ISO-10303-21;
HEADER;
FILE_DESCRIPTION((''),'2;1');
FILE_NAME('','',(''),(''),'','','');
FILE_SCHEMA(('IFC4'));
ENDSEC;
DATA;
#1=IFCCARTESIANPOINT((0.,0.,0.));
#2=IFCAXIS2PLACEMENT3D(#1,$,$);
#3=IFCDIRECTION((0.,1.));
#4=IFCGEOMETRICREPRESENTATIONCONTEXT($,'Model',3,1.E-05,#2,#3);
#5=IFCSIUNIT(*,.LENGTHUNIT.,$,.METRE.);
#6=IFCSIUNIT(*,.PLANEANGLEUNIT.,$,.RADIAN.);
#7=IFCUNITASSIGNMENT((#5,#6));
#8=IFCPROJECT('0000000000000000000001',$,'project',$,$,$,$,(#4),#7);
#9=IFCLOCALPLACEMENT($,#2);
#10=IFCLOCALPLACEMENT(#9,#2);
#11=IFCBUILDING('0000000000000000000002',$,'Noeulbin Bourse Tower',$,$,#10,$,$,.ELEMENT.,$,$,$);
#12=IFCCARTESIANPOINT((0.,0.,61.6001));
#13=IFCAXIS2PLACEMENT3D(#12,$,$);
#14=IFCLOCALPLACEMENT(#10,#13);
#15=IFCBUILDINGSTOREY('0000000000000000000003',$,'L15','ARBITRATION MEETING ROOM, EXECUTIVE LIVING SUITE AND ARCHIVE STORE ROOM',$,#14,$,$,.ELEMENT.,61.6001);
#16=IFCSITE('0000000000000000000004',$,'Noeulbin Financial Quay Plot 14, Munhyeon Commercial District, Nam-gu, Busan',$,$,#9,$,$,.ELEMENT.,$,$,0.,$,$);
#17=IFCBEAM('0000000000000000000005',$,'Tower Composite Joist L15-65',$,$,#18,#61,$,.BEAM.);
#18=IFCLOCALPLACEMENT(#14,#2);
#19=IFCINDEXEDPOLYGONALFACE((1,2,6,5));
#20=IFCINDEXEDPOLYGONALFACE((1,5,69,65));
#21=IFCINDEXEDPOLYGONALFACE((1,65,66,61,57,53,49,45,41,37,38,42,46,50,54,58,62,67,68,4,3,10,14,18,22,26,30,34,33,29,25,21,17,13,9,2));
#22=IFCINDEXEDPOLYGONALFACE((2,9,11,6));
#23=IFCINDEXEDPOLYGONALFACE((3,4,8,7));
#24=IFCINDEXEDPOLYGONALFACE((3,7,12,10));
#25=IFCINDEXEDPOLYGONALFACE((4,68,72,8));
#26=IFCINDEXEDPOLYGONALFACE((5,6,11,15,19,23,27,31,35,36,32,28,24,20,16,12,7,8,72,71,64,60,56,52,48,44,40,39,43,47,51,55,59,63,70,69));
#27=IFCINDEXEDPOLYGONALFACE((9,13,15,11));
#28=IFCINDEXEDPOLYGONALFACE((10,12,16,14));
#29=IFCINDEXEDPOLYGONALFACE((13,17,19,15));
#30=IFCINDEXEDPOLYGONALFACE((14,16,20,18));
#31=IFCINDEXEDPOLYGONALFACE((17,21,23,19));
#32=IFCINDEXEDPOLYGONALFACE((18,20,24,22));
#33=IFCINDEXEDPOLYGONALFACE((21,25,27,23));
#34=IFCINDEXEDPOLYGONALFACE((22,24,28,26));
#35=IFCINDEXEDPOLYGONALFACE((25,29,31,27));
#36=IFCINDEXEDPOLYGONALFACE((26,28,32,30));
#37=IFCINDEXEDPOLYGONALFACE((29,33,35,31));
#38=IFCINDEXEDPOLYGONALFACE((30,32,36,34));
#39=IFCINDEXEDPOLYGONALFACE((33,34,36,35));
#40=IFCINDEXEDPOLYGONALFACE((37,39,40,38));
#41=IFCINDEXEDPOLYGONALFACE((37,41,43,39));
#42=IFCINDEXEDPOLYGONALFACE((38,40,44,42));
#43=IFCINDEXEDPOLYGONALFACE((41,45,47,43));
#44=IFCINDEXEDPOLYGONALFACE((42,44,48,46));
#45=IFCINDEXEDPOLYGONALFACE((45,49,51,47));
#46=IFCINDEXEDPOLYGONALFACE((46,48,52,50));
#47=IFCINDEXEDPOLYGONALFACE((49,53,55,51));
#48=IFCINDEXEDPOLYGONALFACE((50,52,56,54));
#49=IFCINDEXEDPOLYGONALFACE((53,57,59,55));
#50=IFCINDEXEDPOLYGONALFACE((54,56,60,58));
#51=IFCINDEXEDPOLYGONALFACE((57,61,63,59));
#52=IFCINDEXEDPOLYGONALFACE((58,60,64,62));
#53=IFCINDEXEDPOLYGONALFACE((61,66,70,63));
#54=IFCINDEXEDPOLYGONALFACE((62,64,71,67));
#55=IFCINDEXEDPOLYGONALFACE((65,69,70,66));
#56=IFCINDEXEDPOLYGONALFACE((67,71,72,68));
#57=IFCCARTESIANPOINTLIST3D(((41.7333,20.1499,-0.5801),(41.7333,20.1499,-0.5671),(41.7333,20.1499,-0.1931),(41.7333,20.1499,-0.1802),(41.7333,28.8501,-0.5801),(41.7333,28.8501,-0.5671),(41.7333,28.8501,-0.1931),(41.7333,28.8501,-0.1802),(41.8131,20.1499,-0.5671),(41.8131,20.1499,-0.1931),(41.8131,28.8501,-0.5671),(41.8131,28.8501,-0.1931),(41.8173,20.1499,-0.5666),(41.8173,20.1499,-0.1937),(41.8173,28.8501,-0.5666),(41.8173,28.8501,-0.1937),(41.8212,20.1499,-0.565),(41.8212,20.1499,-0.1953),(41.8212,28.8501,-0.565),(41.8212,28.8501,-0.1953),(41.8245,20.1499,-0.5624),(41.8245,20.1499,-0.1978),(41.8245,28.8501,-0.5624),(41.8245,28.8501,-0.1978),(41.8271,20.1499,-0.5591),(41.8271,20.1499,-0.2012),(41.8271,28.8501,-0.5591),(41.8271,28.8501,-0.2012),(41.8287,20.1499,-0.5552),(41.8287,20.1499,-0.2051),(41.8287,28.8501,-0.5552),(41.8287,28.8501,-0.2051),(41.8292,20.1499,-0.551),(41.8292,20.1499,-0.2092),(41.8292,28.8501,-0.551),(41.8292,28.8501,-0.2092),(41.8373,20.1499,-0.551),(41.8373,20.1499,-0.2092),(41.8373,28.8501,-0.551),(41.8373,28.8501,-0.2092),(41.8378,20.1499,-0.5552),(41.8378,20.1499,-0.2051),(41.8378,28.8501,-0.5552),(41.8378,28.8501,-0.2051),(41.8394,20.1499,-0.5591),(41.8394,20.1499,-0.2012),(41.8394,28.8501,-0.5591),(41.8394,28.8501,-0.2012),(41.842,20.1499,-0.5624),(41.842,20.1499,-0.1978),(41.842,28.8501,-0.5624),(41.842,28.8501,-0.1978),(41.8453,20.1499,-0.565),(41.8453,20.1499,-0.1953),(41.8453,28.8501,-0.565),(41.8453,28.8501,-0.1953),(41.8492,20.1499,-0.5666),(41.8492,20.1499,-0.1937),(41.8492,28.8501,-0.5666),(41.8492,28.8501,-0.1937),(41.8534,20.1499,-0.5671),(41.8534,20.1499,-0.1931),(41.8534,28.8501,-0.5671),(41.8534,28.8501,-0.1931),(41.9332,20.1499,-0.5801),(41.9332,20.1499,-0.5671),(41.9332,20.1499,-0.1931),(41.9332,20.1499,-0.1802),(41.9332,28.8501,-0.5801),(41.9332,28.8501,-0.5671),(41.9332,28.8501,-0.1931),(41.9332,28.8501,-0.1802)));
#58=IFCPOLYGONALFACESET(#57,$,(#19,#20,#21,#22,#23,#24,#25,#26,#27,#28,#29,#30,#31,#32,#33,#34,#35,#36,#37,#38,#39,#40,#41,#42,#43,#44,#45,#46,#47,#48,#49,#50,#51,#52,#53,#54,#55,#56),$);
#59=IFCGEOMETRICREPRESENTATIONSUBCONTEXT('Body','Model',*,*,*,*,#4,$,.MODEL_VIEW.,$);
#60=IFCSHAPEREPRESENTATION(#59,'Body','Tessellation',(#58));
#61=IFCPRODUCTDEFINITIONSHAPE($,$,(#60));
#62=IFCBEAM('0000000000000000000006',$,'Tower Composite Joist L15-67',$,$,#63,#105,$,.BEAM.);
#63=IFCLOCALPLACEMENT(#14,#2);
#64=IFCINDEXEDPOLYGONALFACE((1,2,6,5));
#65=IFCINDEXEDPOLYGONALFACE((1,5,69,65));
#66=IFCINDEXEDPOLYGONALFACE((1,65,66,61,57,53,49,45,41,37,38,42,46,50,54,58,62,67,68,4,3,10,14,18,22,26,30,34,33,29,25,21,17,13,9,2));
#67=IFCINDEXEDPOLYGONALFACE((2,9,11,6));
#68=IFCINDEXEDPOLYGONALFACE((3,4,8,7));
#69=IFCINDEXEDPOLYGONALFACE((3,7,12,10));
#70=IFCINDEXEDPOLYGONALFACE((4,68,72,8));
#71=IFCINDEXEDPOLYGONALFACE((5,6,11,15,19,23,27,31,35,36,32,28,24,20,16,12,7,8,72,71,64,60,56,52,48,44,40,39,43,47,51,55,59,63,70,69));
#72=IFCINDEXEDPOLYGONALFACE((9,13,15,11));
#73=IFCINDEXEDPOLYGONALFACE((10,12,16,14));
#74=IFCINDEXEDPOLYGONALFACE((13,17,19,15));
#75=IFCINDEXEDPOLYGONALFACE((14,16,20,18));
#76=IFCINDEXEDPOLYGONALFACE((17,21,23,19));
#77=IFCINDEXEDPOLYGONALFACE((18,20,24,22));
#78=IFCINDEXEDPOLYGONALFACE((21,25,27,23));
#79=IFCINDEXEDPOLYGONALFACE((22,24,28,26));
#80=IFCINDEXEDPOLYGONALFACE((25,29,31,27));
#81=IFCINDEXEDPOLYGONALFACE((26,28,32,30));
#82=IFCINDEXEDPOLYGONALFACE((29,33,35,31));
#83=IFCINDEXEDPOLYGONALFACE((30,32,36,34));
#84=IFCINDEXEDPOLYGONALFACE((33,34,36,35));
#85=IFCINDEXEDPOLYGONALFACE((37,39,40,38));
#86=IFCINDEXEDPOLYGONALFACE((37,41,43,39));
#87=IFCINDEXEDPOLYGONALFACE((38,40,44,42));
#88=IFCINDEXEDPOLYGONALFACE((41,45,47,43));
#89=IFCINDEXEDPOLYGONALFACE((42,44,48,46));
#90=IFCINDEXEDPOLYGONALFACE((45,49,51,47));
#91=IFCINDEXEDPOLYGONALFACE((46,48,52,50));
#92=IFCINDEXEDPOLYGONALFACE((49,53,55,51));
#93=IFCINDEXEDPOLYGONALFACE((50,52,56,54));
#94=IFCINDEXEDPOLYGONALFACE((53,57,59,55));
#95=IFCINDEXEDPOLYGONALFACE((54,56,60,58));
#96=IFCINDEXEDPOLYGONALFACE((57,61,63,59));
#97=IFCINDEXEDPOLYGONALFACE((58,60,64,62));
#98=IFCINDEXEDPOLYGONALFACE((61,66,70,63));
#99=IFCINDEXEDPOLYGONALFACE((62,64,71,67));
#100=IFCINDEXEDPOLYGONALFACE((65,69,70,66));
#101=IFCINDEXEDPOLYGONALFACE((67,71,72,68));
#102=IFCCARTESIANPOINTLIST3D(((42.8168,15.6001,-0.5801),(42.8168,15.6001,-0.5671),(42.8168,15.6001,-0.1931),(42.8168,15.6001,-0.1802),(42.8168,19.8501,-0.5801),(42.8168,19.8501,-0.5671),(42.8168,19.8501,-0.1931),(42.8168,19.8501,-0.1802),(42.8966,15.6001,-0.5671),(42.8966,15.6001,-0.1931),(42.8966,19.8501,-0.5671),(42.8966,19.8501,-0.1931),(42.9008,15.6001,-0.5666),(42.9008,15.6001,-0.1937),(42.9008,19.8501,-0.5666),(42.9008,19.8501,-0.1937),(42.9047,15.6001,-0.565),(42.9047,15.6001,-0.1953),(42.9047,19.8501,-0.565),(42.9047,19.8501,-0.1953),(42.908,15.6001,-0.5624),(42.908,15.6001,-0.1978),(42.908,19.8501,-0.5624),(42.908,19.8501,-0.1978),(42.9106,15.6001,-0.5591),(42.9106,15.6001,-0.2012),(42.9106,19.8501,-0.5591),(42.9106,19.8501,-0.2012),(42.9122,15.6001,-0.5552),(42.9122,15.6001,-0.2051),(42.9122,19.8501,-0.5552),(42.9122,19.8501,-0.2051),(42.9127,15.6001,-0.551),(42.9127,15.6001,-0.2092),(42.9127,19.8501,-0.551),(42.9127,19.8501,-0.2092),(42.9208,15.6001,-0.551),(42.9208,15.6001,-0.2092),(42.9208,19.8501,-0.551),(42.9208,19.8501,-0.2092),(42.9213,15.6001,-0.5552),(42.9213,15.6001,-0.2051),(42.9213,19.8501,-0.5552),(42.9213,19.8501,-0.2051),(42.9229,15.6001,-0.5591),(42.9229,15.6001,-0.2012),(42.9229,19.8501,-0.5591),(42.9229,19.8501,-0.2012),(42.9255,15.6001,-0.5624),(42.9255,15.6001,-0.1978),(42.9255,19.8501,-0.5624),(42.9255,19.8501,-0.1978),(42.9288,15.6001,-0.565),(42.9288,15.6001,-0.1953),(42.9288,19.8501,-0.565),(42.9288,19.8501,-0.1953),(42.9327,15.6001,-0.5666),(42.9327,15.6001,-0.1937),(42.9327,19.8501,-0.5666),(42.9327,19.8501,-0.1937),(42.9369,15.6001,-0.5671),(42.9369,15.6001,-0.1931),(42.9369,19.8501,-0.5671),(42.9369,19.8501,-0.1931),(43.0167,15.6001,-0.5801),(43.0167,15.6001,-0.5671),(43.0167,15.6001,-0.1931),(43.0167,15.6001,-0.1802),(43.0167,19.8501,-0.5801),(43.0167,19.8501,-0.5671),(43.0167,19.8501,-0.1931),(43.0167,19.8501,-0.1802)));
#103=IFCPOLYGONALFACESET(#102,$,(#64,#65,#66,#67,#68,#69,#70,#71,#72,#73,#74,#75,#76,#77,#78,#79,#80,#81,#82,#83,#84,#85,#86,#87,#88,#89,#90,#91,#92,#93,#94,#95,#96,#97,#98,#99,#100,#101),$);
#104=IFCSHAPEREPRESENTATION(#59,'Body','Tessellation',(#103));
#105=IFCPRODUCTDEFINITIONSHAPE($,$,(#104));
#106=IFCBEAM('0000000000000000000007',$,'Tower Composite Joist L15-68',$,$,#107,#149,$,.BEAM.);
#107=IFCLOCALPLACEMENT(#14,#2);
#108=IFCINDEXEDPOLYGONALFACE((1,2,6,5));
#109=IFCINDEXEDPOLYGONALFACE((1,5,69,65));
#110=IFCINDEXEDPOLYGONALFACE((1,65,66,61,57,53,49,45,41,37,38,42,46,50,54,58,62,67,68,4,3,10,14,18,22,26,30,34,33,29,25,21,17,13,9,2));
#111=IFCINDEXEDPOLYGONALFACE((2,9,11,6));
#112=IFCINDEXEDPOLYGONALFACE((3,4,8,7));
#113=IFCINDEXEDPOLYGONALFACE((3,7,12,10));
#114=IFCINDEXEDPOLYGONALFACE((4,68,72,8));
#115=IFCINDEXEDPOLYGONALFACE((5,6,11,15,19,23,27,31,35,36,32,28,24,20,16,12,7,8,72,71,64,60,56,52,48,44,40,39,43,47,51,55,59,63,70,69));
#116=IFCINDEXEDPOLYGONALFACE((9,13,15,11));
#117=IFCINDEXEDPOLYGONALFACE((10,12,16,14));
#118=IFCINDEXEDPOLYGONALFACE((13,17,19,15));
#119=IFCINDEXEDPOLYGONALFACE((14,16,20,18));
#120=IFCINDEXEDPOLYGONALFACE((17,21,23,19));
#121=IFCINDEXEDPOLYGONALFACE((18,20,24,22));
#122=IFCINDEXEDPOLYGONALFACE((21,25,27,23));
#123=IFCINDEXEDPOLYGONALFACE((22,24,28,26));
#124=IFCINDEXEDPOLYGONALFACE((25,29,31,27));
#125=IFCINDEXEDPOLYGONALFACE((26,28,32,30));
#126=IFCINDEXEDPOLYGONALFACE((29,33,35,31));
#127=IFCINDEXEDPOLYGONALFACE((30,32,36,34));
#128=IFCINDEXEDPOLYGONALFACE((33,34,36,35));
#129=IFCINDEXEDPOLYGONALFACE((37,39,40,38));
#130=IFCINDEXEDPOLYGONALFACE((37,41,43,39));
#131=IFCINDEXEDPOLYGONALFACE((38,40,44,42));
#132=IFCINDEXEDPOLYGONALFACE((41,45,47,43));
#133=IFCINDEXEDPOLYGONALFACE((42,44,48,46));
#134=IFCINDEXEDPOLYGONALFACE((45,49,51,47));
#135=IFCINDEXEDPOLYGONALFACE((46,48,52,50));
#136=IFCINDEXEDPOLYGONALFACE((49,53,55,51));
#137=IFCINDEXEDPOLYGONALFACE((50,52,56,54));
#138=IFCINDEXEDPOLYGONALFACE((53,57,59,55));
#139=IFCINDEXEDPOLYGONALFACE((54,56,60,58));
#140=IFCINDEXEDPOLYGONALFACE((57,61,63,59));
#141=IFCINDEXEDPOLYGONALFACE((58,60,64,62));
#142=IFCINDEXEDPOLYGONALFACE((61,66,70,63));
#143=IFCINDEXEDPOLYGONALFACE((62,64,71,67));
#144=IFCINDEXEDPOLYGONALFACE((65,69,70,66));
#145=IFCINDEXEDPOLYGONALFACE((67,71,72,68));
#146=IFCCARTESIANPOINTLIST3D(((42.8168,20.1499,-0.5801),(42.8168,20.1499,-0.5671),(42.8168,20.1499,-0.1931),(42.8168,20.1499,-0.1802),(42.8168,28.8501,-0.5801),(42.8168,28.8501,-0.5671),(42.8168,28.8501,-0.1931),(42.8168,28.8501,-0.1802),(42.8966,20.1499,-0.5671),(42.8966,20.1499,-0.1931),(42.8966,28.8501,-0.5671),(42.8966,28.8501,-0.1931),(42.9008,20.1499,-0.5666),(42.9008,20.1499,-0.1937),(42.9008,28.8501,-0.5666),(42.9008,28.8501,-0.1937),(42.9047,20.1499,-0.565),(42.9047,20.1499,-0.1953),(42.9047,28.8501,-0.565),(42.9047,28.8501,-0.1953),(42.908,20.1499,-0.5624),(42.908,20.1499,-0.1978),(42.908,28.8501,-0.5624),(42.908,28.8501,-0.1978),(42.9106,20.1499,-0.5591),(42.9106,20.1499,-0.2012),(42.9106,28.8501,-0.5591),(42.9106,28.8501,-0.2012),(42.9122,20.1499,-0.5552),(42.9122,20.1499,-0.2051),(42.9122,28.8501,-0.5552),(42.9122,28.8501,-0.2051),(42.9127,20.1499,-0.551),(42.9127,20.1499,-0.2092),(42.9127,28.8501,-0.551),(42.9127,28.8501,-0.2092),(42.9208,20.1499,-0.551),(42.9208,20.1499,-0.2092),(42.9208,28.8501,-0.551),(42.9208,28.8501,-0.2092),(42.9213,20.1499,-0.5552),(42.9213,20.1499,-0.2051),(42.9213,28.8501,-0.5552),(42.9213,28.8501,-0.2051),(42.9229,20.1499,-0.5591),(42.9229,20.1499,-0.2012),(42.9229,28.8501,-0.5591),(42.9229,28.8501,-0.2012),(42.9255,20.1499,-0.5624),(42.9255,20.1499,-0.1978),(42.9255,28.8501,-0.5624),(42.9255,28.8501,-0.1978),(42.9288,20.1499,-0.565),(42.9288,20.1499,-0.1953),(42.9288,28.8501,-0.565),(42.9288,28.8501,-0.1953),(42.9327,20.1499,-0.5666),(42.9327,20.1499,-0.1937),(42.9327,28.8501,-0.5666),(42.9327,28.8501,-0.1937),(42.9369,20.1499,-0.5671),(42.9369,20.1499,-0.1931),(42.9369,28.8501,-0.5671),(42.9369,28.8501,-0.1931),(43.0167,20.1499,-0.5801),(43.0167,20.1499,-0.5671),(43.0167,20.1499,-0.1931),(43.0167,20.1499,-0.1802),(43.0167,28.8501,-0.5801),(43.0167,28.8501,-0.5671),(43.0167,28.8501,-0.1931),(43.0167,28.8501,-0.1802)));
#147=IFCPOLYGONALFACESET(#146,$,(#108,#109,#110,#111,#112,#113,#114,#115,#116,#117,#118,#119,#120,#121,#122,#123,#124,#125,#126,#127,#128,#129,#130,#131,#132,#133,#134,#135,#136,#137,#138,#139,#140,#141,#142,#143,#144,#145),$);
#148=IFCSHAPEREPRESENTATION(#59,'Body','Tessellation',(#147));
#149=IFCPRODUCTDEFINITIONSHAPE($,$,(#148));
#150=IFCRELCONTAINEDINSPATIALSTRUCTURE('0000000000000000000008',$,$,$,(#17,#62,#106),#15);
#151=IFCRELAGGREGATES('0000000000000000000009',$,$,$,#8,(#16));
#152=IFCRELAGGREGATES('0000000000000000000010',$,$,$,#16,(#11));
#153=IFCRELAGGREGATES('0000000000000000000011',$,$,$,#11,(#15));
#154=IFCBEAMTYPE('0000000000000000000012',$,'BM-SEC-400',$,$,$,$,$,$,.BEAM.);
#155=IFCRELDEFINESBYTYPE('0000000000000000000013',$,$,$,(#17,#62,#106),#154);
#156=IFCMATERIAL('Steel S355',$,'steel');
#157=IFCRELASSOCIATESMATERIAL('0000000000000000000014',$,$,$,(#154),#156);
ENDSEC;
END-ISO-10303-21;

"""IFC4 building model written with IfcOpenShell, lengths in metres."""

from ifc_helpers import new_model, si_unit, direction, frame, origin, origin_2d, place, context, subcontext, project, spatial, i_section, extrude, material, material_profile, profile_set, type_object, element, save


model = new_model("IFC4")

# Units and contexts
model_context = context("Model", 3, precision=1e-05, world=origin(), true_north=direction((0.0, 1.0)))
body_context = subcontext(model_context, "Body", "Model", "MODEL_VIEW")
ifc_project = project(units=[si_unit("LENGTHUNIT", "METRE"), si_unit("PLANEANGLEUNIT", "RADIAN")], contexts=[model_context])

# Site, building, storey
site_placement = place(None, origin())
site = spatial("IfcSite", under=ifc_project, at=site_placement, Name="Noeulbin Financial Quay Plot 14, Munhyeon Commercial District, Nam-gu, Busan", CompositionType="ELEMENT", RefElevation=0.0)
building_placement = place(site_placement, origin())
building = spatial("IfcBuilding", under=site, at=building_placement, Name="Noeulbin Bourse Tower", CompositionType="ELEMENT")
storey_placement = place(building_placement, frame((0.0, 0.0, 61.6001)))
storey = spatial("IfcBuildingStorey", under=building, at=storey_placement, Name="L15", Description="ARBITRATION MEETING ROOM, EXECUTIVE LIVING SUITE AND ARCHIVE STORE ROOM", CompositionType="ELEMENT", Elevation=61.6001)

# Beams
ifc_material_1 = material(Name="Steel S355", Category="steel")
ifc_material_profile_1 = material_profile(ifc_material_1, i_section(OverallWidth=0.2, OverallDepth=0.3999, WebThickness=0.0081, FlangeThickness=0.0129, FilletRadius=0.0161, at=origin_2d()), Name="H-400x200x8x13", Category="LoadBearing")
ifc_profile_set_1 = profile_set([ifc_material_profile_1], Name="Steel S355")
beam_type_1 = type_object("IfcBeamType", Name="BM-SEC-400", PredefinedType="BEAM", material=ifc_profile_set_1)
beam_1_placement = place(storey_placement, frame((41.8333, 20.1499, -0.3801), z_axis=(0.0, 1.0, 0.0), x_axis=(-1.0, 0.0, 0.0)))
element("IfcBeam", 1, at=beam_1_placement, inside=storey, type_object=beam_type_1, Name="Tower Composite Joist L15-65", PredefinedType="BEAM", context=body_context, shape_type="SweptSolid", body=[
    extrude(i_section(OverallWidth=0.2, OverallDepth=0.3999, WebThickness=0.0081, FlangeThickness=0.0129, FilletRadius=0.0161, at=origin_2d()), origin(), (0.0, 0.0, 1.0), 8.7002),
])
beam_2_placement = place(storey_placement, frame((42.9167, 15.6001, -0.3801), z_axis=(0.0, 1.0, 0.0), x_axis=(-1.0, 0.0, 0.0)))
element("IfcBeam", 2, at=beam_2_placement, inside=storey, type_object=beam_type_1, Name="Tower Composite Joist L15-67", PredefinedType="BEAM", context=body_context, shape_type="SweptSolid", body=[
    extrude(i_section(OverallWidth=0.2, OverallDepth=0.3999, WebThickness=0.0081, FlangeThickness=0.0129, FilletRadius=0.0161, at=origin_2d()), origin(), (0.0, 0.0, 1.0), 4.25),
])
beam_3_placement = place(storey_placement, frame((42.9167, 20.1499, -0.3801), z_axis=(0.0, 1.0, 0.0), x_axis=(-1.0, 0.0, 0.0)))
element("IfcBeam", 3, at=beam_3_placement, inside=storey, type_object=beam_type_1, Name="Tower Composite Joist L15-68", PredefinedType="BEAM", context=body_context, shape_type="SweptSolid", body=[
    extrude(i_section(OverallWidth=0.2, OverallDepth=0.3999, WebThickness=0.0081, FlangeThickness=0.0129, FilletRadius=0.0161, at=origin_2d()), origin(), (0.0, 0.0, 1.0), 8.7002),
])

save(model, "model.ifc")
